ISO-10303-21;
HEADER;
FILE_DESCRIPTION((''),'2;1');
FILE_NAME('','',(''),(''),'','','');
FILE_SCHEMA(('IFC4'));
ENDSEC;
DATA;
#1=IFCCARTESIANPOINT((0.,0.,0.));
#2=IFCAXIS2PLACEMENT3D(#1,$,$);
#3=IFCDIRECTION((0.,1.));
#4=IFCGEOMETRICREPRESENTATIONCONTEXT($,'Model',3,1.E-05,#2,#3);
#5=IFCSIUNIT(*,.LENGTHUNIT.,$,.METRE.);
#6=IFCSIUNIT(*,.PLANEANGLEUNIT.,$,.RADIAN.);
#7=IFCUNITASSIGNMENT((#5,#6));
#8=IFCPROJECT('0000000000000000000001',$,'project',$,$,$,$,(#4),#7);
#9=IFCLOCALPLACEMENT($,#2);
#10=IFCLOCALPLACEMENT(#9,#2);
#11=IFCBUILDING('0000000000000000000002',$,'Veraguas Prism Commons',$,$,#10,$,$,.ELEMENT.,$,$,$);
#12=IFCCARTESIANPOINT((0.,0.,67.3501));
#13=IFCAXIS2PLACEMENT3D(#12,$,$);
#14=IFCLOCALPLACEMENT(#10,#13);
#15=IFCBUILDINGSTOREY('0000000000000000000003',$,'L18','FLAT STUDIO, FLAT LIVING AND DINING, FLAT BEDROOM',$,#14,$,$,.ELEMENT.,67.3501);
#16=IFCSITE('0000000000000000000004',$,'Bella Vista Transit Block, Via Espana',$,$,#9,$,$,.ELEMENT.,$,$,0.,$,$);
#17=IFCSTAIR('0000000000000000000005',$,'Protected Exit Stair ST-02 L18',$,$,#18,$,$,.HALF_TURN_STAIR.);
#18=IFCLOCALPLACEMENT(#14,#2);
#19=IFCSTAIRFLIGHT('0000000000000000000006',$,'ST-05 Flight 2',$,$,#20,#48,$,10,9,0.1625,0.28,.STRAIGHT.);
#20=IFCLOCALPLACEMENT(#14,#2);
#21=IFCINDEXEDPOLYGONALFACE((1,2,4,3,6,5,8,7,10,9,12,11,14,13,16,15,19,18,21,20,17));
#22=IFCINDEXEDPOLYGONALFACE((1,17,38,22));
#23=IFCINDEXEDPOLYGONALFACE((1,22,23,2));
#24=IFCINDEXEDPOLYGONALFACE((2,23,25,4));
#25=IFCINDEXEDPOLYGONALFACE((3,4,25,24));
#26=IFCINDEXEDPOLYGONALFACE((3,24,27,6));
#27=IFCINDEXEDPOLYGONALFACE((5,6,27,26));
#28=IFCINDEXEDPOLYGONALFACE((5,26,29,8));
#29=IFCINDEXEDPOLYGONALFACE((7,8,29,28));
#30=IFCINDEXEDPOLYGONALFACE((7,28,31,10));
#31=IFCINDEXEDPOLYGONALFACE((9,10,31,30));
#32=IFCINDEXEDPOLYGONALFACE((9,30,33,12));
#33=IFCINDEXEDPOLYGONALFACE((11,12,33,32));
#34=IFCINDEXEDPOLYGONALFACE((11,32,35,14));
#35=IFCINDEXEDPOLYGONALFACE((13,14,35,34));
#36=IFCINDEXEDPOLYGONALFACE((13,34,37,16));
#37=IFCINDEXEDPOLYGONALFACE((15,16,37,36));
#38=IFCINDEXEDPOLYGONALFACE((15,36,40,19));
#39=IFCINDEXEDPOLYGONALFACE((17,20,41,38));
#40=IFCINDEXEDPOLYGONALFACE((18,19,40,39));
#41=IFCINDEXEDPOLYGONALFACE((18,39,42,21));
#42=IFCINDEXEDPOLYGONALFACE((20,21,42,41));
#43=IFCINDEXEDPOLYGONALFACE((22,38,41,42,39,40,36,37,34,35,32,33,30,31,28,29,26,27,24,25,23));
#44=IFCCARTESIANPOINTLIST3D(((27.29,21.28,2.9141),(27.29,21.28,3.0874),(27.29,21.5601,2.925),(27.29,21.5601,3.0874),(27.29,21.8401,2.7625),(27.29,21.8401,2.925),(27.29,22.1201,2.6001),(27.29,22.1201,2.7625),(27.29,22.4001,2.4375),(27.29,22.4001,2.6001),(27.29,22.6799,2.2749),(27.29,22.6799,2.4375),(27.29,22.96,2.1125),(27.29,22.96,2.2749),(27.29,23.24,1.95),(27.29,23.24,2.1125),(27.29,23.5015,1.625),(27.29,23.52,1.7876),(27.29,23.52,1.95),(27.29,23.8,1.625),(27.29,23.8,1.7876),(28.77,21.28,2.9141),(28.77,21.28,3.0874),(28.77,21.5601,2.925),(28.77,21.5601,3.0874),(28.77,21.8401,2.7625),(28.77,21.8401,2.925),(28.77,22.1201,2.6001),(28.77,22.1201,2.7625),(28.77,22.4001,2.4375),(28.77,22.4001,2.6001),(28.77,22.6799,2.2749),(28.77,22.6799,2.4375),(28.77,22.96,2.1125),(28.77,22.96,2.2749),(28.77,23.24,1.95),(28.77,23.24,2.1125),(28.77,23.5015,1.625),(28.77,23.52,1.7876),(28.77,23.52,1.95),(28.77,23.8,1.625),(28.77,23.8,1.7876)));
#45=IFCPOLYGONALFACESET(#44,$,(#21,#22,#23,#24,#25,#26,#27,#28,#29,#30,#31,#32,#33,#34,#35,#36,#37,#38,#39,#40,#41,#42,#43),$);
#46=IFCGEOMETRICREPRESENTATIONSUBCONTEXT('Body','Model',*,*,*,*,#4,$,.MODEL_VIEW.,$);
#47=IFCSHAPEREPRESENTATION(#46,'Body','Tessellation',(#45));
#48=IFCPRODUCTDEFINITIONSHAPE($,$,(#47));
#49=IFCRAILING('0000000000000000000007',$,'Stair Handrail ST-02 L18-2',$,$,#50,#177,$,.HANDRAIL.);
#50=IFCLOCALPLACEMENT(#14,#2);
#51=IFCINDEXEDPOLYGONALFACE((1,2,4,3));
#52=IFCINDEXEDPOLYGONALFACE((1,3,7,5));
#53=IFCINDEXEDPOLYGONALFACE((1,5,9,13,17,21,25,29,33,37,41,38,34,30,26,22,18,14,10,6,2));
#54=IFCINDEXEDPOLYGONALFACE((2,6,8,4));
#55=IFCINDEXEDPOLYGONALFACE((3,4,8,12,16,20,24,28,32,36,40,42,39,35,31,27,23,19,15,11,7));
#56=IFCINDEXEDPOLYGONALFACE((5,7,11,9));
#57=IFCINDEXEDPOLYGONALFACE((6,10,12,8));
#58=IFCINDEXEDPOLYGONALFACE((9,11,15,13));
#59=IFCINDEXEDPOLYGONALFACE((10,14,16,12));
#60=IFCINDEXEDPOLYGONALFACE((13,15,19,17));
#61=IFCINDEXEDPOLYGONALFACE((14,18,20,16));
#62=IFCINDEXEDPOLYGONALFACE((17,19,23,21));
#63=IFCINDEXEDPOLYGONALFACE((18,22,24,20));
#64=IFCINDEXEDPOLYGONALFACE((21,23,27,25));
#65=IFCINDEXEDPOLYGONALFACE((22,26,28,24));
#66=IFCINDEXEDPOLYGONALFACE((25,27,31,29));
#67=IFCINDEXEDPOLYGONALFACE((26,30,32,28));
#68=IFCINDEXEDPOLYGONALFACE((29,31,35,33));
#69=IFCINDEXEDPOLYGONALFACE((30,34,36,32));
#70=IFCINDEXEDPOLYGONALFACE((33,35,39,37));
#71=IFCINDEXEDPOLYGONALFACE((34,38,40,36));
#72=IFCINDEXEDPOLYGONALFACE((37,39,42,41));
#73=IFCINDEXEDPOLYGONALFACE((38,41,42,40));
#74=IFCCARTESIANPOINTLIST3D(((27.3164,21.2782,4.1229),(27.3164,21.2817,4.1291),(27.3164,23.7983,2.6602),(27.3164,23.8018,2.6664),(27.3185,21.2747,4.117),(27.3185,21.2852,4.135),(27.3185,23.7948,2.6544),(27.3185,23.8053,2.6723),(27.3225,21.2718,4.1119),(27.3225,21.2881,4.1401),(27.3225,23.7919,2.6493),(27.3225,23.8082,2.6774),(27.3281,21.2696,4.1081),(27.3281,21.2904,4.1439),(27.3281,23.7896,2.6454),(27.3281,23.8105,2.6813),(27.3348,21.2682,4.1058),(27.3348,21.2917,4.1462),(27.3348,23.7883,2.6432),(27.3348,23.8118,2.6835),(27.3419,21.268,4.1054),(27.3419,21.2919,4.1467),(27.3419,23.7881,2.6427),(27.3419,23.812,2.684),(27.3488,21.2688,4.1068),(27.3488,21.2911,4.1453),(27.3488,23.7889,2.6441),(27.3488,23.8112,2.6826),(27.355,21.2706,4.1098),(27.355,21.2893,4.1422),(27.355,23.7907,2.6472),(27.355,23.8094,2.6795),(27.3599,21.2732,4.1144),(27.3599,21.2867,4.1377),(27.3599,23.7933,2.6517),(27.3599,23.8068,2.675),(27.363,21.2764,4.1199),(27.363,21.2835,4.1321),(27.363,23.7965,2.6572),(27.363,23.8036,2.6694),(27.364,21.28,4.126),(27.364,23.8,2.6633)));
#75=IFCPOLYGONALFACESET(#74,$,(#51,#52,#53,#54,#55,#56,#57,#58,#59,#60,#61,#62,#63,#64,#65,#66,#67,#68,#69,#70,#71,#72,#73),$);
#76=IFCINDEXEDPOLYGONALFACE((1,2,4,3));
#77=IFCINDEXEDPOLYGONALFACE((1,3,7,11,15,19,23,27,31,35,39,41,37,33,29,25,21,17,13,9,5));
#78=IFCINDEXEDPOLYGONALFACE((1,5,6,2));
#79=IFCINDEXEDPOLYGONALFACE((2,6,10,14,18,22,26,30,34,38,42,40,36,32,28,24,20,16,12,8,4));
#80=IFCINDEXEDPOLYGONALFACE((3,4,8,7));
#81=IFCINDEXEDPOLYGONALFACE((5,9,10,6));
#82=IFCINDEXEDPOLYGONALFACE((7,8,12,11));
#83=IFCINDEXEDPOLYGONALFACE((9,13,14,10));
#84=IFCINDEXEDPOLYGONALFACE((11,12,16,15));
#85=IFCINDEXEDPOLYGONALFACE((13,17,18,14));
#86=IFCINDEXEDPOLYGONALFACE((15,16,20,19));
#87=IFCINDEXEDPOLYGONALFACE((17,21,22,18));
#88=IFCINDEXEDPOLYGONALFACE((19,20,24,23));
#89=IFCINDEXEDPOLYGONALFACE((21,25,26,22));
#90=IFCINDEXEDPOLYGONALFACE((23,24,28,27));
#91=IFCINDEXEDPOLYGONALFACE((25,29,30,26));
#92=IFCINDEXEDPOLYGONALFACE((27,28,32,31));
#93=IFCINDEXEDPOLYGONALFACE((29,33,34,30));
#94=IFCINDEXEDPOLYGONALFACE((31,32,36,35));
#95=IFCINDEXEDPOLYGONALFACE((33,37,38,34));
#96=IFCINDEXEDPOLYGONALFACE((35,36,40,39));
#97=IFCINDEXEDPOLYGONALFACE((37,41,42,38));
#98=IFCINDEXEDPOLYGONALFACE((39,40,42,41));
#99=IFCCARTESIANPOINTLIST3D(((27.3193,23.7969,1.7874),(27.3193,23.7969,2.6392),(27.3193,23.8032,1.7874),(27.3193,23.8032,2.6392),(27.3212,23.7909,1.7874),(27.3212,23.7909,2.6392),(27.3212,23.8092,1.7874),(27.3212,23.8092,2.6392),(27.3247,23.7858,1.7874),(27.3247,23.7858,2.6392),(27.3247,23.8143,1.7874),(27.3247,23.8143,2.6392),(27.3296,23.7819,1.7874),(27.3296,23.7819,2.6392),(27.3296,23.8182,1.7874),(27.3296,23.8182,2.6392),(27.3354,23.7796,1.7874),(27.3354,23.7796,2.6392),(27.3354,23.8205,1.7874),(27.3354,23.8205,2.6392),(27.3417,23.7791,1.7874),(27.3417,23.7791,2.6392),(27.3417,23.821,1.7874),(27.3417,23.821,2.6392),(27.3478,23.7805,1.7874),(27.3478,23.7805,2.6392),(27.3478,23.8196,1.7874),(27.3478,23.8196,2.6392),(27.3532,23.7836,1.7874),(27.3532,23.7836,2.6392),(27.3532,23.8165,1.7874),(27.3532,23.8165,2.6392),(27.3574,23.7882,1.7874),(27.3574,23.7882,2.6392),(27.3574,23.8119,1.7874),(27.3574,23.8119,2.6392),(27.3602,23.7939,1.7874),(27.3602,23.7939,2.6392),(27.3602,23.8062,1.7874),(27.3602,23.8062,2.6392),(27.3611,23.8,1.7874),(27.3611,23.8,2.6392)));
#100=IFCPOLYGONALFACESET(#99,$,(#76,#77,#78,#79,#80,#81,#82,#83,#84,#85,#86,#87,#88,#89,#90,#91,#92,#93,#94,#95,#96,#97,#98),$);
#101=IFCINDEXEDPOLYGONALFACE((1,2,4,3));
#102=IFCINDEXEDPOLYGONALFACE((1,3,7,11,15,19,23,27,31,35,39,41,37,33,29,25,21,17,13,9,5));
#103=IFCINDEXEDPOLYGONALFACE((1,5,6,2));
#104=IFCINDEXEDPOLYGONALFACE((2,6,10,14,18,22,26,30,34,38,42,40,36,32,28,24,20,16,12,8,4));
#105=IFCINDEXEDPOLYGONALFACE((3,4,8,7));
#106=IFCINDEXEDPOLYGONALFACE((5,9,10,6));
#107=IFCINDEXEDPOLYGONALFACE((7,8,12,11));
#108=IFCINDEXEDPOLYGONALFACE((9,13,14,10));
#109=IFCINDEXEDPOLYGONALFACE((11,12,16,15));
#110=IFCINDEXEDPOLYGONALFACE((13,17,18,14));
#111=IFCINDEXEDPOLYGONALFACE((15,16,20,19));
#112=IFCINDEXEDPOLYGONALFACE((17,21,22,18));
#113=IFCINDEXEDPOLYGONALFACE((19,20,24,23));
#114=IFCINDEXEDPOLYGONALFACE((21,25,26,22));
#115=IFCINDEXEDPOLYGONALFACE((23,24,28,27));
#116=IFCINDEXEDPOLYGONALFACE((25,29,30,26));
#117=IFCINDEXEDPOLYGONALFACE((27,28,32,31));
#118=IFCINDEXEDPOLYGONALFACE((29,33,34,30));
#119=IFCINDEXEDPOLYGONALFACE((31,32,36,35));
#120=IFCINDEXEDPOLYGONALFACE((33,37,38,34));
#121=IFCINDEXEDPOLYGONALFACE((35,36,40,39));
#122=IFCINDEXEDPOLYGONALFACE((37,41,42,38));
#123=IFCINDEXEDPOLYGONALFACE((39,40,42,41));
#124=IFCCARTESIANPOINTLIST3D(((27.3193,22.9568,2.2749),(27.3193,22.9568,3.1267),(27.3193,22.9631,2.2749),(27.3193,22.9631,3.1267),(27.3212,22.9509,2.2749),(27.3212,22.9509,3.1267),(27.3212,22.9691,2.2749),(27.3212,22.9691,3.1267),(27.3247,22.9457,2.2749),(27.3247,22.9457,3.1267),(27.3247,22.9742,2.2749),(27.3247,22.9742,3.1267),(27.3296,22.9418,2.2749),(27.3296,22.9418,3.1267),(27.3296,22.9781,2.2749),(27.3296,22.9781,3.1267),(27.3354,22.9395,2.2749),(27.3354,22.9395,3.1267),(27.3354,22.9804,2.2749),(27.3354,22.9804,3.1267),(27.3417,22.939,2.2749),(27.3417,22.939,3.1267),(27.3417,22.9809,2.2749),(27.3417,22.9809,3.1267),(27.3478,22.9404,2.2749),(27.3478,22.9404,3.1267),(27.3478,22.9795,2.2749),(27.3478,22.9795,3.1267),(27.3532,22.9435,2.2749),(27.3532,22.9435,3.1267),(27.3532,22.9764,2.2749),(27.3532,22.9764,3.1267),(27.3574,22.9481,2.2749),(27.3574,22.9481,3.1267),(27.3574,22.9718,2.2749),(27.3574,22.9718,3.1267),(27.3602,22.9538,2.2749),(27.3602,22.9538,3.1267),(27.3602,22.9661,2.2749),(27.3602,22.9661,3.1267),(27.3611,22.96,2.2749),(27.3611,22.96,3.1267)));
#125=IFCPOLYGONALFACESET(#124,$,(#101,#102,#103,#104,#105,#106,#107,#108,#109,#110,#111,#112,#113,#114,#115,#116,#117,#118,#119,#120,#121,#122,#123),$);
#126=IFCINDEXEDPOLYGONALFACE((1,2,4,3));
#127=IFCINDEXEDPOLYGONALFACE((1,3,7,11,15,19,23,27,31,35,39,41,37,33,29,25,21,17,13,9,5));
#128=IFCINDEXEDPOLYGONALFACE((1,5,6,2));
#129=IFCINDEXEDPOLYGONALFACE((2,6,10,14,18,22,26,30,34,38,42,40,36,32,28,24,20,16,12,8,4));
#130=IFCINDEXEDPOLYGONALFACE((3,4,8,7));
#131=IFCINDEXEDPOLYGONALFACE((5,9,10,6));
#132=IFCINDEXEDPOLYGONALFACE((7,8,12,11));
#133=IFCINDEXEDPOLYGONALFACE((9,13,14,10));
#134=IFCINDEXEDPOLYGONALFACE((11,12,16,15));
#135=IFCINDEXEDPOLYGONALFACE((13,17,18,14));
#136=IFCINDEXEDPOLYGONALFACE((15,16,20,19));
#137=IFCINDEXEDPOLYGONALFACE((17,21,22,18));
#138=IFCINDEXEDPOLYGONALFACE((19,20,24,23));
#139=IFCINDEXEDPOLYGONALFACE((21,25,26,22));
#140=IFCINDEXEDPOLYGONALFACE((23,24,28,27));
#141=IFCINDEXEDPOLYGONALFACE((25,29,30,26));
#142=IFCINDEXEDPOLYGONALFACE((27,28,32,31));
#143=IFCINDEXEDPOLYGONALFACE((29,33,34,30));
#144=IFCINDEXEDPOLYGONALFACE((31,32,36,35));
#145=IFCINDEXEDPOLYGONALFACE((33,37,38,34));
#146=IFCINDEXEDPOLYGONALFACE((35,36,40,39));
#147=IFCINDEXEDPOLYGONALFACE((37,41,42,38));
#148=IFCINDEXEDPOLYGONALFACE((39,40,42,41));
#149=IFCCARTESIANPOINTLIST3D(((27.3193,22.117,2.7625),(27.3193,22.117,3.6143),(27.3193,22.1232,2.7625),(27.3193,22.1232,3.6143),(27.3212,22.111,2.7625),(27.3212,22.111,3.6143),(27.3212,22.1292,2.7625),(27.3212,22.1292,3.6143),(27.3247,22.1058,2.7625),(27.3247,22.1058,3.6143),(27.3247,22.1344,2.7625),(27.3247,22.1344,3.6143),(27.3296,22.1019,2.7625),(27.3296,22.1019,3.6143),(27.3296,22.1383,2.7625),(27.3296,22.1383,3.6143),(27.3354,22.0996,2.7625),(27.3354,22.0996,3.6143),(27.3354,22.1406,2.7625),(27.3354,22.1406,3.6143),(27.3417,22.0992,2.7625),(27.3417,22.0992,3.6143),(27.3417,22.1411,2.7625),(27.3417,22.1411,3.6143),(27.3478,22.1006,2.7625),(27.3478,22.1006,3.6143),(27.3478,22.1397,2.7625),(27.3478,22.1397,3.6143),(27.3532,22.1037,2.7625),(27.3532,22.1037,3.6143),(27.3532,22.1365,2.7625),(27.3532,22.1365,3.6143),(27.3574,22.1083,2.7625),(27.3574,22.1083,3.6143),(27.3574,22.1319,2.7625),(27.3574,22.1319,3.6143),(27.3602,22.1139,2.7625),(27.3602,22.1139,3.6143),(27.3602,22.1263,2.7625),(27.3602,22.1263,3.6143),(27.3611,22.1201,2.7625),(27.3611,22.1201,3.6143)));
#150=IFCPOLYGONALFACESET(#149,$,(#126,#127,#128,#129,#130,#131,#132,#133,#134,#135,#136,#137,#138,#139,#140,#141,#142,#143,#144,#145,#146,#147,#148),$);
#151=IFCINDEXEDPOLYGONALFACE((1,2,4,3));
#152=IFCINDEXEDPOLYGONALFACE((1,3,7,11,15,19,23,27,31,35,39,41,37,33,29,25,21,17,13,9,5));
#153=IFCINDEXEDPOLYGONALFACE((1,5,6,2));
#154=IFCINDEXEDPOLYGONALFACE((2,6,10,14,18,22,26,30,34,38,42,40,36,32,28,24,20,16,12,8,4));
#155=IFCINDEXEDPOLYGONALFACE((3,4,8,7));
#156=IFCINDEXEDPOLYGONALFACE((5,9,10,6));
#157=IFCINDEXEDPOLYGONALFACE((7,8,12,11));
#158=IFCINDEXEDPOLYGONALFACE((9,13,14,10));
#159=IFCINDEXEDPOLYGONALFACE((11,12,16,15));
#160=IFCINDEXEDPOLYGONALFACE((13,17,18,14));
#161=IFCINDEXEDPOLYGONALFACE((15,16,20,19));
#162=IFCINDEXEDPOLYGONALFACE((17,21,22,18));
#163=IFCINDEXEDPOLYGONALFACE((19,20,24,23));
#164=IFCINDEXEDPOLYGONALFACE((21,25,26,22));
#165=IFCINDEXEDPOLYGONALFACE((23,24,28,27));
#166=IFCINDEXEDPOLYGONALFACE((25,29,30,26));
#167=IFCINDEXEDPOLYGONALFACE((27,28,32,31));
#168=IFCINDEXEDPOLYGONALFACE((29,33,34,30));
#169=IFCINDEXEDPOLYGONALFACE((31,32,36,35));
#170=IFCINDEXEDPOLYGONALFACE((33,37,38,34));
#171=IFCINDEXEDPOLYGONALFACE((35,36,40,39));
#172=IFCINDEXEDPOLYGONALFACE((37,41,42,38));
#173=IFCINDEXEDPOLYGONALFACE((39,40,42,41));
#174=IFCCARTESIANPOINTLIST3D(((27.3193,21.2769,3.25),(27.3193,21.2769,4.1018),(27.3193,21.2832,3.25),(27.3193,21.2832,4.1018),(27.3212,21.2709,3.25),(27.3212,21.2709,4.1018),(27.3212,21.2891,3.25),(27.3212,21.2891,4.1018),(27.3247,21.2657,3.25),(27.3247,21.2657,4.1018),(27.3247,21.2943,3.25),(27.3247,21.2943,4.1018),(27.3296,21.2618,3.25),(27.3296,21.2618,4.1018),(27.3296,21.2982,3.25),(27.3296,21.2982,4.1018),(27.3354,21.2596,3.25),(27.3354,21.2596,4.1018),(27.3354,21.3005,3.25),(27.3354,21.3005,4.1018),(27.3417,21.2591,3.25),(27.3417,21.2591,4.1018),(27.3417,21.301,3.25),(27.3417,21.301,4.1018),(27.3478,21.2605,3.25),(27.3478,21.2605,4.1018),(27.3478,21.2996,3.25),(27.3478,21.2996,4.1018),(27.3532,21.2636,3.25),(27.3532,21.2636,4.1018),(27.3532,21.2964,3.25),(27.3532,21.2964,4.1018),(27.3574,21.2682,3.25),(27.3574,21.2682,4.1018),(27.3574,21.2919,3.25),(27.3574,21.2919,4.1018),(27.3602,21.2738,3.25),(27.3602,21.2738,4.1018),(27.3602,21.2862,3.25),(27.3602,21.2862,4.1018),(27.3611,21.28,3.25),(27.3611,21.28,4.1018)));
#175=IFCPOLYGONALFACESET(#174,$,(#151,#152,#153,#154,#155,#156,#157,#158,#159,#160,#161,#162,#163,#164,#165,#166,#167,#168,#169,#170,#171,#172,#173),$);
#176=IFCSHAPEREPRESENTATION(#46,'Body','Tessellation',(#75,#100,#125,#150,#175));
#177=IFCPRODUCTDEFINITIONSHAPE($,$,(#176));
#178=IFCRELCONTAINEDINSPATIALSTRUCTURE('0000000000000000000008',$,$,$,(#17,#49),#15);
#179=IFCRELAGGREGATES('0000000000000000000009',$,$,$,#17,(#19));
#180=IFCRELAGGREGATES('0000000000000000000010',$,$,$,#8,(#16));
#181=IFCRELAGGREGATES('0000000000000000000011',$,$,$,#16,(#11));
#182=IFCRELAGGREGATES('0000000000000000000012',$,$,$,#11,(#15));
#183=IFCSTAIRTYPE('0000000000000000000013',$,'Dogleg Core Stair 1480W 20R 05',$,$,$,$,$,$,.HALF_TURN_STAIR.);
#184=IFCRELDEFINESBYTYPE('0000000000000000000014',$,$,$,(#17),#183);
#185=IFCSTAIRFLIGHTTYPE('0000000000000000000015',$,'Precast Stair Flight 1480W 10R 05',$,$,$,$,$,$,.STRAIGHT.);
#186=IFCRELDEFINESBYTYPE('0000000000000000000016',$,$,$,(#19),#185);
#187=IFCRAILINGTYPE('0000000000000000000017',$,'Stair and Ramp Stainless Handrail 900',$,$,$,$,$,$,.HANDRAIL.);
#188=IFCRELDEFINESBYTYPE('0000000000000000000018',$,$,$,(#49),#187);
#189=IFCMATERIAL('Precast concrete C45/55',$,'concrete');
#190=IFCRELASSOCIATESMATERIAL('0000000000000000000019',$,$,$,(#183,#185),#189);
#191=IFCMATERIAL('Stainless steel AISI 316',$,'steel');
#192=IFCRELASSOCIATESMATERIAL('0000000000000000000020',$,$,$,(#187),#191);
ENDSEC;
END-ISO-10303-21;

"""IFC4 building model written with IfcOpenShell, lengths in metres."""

from ifc_helpers import new_model, si_unit, direction, frame, origin, origin_2d, place, context, subcontext, project, spatial, polyline, circle, outline, extrude, material, type_object, element, aggregate, save


model = new_model("IFC4")

# Units and contexts
model_context = context("Model", 3, precision=1e-05, world=origin(), true_north=direction((0.0, 1.0)))
body_context = subcontext(model_context, "Body", "Model", "MODEL_VIEW")
ifc_project = project(units=[si_unit("LENGTHUNIT", "METRE"), si_unit("PLANEANGLEUNIT", "RADIAN")], contexts=[model_context])

# Site, building, storey
site_placement = place(None, origin())
site = spatial("IfcSite", under=ifc_project, at=site_placement, Name="Bella Vista Transit Block, Via Espana", CompositionType="ELEMENT", RefElevation=0.0)
building_placement = place(site_placement, origin())
building = spatial("IfcBuilding", under=site, at=building_placement, Name="Veraguas Prism Commons", CompositionType="ELEMENT")
storey_placement = place(building_placement, frame((0.0, 0.0, 67.3501)))
storey = spatial("IfcBuildingStorey", under=building, at=storey_placement, Name="L18", Description="FLAT STUDIO, FLAT LIVING AND DINING, FLAT BEDROOM", CompositionType="ELEMENT", Elevation=67.3501)

# Shared definitions
ifc_material_1 = material(Name="Stainless steel AISI 316", Category="steel")

# Stair, stair flight
ifc_material_2 = material(Name="Precast concrete C45/55", Category="concrete")
stair_type = type_object("IfcStairType", Name="Dogleg Core Stair 1480W 20R 05", PredefinedType="HALF_TURN_STAIR", material=ifc_material_2)
stair_placement = place(storey_placement, origin())
stair = element("IfcStair", 1, at=stair_placement, inside=storey, type_object=stair_type, Name="Protected Exit Stair ST-02 L18", PredefinedType="HALF_TURN_STAIR")
stair_flight_type = type_object("IfcStairFlightType", Name="Precast Stair Flight 1480W 10R 05", PredefinedType="STRAIGHT", material=ifc_material_2)
stair_flight_placement = place(storey_placement, frame((28.03, 23.8, 1.625), z_axis=(0.0, 0.0, 1.0), x_axis=(0.0, -1.0, 0.0)))
stair_flight = element("IfcStairFlight", 2, at=stair_flight_placement, type_object=stair_flight_type, Name="ST-05 Flight 2", NumberOfRisers=10, NumberOfTreads=9, PredefinedType="STRAIGHT", RiserHeight=0.1625, TreadLength=0.28, context=body_context, shape_type="SweptSolid", body=[
    extrude(outline(polyline([(0.0, 0.0), (0.0, 0.1626), (0.28, 0.1626), (0.28, 0.325), (0.5601, 0.325), (0.5601, 0.4875), (0.8401, 0.4875), (0.8401, 0.6499), (1.1201, 0.6499), (1.1201, 0.8125), (1.3999, 0.8125), (1.3999, 0.9751), (1.6799, 0.9751), (1.6799, 1.1375), (1.96, 1.1375), (1.96, 1.3), (2.24, 1.3), (2.24, 1.4624), (2.52, 1.4624), (2.52, 1.625), (2.52, 1.2891), (0.2986, 0.0), (0.0, 0.0)])), frame((0.0, 0.74, 0.0), z_axis=(0.0, -1.0, 0.0), x_axis=(1.0, 0.0, 0.0)), (0.0, 0.0, 1.0), 1.48),
])
aggregate(stair, [stair_flight])

# Railing
railing_type_1 = type_object("IfcRailingType", Name="Stair and Ramp Stainless Handrail 900", PredefinedType="HANDRAIL", material=ifc_material_1)
railing_1_placement = place(storey_placement, frame((27.3401, 23.8, 1.7874)))
element("IfcRailing", 3, at=railing_1_placement, inside=storey, type_object=railing_type_1, Name="Stair Handrail ST-02 L18-2", PredefinedType="HANDRAIL", context=body_context, shape_type="SweptSolid", body=[
    extrude(circle(Radius=0.0239, at=origin_2d()), frame((0.0, 0.0, 0.876), z_axis=(0.0, -0.864877, 0.501984), x_axis=(1.0, 0.0, 0.0)), (0.0, 0.0, 1.0), 2.9138),
    extrude(circle(Radius=0.021, at=origin_2d()), origin(), (0.0, 0.0, 1.0), 0.8518),
    extrude(circle(Radius=0.021, at=origin_2d()), frame((0.0, -0.8401, 0.4875)), (0.0, 0.0, 1.0), 0.8518),
    extrude(circle(Radius=0.021, at=origin_2d()), frame((0.0, -1.6799, 0.9751)), (0.0, 0.0, 1.0), 0.8518),
    extrude(circle(Radius=0.021, at=origin_2d()), frame((0.0, -2.52, 1.4626)), (0.0, 0.0, 1.0), 0.8518),
])

save(model, "model.ifc")
